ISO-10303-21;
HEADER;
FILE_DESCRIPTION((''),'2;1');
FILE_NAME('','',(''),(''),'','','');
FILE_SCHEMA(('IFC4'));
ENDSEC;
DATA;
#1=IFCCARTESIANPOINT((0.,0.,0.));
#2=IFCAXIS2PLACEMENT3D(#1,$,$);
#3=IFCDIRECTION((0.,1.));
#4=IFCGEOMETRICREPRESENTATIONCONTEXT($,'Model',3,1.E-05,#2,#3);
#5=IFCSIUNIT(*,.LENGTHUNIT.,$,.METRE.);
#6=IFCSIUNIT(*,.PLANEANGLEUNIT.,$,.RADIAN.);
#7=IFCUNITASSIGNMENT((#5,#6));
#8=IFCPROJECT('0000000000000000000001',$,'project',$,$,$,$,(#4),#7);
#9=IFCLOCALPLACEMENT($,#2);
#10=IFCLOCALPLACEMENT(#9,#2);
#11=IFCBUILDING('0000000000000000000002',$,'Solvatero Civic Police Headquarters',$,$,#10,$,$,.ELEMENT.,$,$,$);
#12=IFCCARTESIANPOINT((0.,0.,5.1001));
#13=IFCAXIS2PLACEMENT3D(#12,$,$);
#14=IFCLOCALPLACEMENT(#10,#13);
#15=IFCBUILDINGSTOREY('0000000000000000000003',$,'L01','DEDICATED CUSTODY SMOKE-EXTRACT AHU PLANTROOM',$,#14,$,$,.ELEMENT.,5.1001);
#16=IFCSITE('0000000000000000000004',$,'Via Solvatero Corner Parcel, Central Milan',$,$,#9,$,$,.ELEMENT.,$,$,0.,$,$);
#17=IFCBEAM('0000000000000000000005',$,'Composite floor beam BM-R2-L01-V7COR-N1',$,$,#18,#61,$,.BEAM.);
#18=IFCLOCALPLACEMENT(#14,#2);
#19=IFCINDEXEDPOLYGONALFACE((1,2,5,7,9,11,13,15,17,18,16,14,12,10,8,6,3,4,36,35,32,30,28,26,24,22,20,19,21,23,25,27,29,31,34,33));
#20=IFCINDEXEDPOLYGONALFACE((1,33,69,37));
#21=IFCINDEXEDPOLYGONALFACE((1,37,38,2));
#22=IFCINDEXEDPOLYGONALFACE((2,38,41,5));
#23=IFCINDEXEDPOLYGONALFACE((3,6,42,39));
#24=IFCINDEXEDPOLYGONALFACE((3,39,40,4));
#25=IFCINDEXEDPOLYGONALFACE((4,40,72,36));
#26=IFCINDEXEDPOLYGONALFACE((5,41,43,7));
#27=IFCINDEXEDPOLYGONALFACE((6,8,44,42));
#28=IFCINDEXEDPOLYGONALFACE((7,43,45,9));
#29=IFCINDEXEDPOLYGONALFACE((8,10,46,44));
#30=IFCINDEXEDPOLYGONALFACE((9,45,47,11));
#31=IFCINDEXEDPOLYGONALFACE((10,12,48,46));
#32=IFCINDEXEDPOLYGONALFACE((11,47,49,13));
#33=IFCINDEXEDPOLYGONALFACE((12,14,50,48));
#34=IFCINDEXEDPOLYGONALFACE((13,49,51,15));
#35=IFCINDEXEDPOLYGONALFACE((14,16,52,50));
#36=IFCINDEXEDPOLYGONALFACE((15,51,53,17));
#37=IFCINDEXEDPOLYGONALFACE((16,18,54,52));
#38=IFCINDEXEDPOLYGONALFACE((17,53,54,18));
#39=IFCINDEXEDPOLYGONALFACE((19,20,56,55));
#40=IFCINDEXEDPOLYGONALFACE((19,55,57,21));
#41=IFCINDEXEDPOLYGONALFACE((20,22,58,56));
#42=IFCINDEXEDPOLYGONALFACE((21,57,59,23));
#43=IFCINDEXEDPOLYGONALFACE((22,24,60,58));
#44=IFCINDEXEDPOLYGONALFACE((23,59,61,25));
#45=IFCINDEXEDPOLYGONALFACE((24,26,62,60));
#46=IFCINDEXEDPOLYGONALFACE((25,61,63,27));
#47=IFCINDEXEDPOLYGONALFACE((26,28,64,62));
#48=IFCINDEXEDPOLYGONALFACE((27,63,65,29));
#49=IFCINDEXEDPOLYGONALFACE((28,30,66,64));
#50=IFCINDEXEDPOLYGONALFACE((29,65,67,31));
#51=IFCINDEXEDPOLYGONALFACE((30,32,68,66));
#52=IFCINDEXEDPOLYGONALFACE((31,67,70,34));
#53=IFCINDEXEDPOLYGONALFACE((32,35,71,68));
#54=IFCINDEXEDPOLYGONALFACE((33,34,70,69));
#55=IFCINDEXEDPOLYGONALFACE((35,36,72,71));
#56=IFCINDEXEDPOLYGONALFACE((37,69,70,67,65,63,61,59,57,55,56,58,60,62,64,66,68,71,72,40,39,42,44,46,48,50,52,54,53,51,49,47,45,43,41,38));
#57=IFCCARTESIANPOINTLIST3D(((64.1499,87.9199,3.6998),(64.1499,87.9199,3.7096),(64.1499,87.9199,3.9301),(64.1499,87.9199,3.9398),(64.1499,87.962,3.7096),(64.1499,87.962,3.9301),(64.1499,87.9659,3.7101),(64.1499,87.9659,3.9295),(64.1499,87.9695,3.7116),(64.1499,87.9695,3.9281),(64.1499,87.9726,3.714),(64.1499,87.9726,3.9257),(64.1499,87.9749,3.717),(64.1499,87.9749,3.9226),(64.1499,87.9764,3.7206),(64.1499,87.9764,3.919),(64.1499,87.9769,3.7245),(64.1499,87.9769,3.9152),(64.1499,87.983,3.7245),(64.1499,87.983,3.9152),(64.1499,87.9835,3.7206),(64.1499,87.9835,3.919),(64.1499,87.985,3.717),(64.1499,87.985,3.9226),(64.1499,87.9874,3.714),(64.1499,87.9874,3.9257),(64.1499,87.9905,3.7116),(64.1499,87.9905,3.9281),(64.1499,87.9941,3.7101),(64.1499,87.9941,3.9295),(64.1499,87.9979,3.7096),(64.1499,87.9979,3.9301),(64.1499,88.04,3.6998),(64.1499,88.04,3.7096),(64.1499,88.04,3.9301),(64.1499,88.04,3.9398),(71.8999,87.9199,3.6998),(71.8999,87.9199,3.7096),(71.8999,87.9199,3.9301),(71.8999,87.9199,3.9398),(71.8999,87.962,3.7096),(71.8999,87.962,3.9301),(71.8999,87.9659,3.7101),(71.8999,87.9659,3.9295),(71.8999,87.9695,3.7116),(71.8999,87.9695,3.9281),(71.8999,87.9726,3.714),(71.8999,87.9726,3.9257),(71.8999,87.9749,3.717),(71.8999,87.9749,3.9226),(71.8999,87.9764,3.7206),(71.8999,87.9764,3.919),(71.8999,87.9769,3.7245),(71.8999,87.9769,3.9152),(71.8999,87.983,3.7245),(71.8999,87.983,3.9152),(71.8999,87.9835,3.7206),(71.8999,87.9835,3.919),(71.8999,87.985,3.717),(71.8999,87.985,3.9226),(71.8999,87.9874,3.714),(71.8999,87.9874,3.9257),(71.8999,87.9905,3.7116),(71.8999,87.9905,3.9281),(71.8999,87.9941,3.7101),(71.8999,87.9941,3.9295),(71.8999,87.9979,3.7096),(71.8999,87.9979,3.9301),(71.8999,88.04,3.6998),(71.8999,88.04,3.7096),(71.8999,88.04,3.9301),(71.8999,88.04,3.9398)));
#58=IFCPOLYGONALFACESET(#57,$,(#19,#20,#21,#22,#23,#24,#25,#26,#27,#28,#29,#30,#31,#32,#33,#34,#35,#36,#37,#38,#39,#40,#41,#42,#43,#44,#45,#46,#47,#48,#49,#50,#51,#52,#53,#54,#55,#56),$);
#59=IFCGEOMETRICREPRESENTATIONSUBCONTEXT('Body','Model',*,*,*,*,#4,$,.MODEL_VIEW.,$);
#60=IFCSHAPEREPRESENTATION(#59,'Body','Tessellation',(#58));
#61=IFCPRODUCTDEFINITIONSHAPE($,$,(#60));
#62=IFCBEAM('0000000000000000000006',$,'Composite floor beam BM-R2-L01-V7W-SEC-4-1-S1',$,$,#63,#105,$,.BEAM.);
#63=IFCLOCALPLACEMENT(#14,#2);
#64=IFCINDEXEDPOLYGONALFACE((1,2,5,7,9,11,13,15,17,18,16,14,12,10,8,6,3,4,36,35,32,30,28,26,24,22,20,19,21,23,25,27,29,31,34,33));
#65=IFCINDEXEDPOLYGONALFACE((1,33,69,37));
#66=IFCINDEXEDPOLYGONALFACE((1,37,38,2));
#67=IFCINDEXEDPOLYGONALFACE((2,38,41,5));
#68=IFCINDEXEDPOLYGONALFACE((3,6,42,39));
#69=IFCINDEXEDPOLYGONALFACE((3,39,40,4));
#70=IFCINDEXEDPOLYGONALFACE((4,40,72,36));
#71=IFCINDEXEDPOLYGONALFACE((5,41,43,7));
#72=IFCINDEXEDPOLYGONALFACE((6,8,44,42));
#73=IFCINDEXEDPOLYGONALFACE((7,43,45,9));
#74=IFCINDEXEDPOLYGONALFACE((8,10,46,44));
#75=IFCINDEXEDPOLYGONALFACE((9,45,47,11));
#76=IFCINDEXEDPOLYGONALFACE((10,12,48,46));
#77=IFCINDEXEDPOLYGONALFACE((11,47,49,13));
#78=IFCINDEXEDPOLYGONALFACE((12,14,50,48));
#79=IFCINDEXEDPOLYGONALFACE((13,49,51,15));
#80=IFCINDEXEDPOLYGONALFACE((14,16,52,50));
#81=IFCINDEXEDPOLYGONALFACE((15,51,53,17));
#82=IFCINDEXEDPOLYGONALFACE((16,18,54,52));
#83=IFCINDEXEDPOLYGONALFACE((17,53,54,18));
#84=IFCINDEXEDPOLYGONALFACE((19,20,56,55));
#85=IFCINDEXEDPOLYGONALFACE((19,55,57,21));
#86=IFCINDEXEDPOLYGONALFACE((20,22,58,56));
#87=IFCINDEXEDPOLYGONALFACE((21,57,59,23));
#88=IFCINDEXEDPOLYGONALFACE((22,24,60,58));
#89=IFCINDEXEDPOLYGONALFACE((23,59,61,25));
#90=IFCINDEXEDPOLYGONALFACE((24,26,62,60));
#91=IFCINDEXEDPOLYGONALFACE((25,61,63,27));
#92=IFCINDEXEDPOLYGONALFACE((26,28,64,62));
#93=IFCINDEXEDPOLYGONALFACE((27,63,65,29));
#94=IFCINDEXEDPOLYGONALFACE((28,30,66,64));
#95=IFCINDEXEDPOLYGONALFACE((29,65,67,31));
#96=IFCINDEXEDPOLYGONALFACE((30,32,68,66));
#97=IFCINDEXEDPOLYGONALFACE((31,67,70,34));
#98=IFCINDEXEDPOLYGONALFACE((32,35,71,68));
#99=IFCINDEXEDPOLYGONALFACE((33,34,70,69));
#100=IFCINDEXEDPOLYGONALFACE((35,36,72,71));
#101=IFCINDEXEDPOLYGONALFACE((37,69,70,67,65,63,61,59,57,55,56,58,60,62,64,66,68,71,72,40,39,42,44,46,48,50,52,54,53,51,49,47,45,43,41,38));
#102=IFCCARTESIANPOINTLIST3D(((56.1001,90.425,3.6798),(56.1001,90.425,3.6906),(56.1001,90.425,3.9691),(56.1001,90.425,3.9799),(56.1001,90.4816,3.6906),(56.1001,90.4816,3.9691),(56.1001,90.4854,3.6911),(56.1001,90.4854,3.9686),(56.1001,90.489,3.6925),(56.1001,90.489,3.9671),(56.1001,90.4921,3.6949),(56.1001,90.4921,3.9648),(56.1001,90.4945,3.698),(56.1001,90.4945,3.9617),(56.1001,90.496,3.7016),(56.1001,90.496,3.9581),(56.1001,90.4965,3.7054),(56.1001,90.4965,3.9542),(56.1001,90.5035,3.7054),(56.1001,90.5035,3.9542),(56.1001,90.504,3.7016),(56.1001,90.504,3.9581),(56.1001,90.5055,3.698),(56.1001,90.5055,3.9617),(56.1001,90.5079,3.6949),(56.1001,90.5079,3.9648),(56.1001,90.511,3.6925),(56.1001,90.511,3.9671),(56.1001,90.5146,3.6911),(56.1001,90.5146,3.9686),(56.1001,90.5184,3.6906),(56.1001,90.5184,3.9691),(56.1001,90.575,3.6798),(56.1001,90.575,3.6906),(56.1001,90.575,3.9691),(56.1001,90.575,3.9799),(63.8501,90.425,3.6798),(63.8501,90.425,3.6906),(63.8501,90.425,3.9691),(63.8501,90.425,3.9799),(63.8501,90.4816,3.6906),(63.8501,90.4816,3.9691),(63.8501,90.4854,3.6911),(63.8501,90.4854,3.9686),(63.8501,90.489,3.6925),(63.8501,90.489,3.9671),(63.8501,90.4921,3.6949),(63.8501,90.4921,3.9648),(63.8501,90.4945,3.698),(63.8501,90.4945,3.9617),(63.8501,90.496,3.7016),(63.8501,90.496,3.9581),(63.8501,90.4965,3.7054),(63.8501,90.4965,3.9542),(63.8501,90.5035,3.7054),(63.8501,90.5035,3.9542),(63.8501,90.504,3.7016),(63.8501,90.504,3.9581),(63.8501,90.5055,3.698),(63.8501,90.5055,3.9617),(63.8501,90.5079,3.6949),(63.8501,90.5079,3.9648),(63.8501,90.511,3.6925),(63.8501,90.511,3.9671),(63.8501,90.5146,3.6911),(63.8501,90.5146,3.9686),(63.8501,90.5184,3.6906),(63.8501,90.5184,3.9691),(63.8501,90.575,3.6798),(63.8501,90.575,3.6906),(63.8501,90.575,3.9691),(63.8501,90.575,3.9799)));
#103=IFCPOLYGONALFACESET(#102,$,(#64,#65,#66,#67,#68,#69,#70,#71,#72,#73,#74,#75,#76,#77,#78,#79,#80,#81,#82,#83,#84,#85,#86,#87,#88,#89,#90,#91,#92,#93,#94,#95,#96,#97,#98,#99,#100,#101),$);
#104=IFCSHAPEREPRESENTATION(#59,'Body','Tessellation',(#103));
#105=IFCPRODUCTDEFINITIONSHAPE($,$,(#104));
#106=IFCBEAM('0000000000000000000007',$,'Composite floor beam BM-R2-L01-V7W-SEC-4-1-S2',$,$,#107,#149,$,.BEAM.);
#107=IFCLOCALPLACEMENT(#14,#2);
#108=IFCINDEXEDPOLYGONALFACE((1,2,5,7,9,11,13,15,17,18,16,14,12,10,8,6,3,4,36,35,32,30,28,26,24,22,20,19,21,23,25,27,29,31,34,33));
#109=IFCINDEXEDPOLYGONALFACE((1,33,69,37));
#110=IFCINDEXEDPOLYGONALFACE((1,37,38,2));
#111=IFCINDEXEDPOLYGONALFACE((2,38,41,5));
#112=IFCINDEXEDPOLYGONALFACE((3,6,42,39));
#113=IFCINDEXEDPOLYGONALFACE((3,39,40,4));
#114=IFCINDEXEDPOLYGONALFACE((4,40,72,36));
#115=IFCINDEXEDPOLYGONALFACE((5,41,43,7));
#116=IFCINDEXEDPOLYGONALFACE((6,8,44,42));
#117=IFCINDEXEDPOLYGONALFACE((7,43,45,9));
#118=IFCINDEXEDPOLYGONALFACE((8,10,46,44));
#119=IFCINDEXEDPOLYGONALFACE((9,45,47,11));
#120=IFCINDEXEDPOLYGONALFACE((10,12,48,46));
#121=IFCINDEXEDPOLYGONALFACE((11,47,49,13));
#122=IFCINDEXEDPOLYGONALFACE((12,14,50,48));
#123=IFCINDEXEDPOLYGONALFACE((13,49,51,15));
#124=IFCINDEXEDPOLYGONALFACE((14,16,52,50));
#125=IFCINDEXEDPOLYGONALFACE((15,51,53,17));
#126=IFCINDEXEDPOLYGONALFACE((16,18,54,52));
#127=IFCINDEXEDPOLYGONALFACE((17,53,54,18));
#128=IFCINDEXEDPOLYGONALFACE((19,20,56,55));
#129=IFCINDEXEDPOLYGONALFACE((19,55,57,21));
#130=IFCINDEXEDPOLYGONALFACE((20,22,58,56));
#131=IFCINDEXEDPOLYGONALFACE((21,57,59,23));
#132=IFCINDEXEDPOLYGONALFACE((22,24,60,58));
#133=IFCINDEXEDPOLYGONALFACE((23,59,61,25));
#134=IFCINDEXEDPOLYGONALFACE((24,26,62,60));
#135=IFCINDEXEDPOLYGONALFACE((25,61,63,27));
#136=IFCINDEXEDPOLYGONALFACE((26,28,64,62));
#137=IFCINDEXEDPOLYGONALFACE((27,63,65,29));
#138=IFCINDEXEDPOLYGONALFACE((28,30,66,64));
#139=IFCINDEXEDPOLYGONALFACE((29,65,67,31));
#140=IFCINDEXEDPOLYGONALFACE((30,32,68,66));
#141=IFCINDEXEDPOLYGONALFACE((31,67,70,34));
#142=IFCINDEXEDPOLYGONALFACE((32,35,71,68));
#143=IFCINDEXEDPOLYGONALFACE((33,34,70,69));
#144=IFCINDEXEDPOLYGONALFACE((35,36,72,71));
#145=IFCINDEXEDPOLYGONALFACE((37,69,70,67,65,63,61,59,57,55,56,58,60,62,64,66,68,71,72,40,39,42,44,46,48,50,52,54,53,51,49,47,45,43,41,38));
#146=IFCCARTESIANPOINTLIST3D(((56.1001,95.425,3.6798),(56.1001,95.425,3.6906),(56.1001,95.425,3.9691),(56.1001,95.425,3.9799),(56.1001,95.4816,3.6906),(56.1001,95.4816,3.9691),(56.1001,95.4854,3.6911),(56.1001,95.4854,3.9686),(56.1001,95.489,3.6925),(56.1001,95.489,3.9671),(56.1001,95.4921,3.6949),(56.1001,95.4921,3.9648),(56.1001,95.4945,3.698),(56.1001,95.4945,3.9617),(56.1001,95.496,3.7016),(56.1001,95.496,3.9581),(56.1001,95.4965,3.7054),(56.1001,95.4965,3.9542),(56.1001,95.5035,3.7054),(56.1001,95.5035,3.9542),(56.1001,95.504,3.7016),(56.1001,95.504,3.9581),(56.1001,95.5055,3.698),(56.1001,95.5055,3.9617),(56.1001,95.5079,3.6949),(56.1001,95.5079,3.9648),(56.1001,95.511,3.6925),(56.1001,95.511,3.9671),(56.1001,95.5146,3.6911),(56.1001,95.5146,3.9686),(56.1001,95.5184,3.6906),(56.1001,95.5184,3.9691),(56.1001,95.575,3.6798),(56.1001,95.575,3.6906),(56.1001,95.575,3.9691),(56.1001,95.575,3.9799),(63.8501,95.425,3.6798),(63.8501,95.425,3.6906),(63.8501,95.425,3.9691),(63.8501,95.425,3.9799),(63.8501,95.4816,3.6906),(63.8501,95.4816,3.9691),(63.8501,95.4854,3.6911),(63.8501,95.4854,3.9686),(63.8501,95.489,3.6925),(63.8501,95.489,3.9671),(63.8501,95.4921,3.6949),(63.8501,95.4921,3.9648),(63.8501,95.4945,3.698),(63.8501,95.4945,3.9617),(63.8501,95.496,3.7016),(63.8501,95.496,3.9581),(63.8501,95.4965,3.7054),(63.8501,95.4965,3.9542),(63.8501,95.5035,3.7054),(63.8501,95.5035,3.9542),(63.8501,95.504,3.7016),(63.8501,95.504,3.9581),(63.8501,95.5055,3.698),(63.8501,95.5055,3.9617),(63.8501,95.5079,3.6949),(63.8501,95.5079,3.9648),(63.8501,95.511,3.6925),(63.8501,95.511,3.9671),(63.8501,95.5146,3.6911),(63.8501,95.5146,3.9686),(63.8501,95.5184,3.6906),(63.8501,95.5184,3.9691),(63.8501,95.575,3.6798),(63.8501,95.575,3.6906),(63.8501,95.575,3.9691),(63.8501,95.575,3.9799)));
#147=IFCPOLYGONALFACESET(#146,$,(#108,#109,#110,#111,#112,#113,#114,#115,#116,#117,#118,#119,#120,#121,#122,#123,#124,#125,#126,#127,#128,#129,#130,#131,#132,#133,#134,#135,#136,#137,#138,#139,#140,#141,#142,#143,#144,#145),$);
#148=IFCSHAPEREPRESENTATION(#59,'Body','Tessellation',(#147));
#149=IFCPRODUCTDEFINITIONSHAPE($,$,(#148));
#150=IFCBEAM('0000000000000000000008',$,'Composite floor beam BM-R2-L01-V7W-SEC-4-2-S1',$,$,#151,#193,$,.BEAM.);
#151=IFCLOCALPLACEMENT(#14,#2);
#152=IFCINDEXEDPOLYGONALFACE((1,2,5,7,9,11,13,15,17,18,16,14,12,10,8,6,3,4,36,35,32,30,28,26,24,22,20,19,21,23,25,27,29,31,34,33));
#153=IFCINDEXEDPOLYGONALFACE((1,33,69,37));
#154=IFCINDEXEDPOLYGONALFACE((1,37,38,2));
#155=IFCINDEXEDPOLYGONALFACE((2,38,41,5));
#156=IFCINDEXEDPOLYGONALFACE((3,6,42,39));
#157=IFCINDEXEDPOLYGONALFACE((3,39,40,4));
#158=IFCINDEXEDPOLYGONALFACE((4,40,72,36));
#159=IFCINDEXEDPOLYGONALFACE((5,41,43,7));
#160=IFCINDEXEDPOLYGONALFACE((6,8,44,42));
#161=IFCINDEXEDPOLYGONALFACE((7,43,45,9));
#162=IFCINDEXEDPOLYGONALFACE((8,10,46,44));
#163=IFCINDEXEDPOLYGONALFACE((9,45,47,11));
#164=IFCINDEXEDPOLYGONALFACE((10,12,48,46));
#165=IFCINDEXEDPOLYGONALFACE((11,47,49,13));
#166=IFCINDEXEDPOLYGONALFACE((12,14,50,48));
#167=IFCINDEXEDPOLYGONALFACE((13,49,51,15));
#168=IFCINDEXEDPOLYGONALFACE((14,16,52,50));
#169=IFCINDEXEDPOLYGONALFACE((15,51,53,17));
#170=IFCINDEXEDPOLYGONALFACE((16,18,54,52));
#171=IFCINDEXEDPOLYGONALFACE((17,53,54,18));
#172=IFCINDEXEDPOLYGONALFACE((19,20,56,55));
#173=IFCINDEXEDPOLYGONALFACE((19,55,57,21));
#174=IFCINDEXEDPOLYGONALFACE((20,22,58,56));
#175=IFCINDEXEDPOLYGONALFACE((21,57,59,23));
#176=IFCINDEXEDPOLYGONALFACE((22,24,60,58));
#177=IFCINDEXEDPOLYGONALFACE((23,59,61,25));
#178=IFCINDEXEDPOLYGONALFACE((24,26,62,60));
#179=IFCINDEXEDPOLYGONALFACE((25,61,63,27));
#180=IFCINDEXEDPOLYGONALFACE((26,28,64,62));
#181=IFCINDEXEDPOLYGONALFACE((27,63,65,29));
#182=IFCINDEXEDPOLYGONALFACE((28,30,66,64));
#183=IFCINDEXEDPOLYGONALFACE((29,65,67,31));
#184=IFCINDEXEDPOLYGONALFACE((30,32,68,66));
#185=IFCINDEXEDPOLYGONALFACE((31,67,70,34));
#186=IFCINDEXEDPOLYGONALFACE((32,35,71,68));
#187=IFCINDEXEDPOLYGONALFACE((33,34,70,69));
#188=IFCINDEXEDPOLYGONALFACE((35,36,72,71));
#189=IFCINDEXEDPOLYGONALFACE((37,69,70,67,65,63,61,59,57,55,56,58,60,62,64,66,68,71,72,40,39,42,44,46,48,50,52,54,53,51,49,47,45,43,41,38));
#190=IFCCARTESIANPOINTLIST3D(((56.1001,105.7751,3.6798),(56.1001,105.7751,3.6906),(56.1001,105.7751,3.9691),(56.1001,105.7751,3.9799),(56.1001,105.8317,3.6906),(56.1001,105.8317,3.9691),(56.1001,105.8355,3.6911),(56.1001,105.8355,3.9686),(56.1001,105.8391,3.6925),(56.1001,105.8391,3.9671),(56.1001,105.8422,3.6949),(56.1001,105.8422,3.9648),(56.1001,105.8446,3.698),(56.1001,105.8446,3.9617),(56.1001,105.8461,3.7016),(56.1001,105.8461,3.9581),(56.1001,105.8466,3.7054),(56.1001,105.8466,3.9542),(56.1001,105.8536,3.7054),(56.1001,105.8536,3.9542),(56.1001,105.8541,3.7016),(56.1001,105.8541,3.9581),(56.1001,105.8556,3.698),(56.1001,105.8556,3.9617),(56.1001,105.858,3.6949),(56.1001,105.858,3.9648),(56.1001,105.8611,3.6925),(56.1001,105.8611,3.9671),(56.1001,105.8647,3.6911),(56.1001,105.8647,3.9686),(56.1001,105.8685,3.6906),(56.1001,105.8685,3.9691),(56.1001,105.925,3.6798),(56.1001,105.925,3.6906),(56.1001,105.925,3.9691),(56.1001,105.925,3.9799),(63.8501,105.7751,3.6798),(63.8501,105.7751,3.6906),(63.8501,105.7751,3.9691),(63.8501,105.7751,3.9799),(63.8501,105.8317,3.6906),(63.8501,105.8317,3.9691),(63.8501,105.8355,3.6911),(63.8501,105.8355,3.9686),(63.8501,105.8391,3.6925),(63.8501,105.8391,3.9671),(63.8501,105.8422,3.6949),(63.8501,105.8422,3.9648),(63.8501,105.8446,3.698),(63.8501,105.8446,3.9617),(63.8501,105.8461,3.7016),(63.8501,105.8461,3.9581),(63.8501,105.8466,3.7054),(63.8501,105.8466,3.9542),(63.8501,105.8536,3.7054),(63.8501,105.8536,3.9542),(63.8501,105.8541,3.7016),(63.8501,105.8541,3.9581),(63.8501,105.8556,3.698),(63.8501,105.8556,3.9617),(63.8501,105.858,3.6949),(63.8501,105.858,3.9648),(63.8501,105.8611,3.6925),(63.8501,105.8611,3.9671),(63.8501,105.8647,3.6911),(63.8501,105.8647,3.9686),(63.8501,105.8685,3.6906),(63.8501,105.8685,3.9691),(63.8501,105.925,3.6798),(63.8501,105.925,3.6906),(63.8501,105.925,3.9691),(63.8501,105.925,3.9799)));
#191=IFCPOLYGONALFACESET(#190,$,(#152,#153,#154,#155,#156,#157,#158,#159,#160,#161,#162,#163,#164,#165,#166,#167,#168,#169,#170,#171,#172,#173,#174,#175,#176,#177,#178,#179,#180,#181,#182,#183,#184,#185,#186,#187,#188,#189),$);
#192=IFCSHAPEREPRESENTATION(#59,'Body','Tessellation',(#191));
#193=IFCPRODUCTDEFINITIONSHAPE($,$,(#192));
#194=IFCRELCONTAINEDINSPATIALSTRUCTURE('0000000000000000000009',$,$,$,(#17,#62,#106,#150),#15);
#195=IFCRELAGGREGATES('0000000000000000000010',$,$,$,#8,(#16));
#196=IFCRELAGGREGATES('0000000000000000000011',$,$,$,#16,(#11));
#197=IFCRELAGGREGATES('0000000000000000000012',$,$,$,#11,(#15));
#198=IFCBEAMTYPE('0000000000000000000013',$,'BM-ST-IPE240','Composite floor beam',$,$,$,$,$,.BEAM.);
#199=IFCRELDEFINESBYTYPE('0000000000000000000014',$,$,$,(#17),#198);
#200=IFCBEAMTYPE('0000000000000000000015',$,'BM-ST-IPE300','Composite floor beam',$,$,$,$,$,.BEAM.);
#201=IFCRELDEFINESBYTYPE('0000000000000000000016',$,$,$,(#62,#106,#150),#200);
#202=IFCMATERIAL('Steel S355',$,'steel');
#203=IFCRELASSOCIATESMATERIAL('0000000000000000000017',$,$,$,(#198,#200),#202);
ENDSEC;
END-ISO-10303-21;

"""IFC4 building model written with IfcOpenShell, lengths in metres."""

from ifc_helpers import new_model, si_unit, direction, frame, origin, origin_2d, place, context, subcontext, project, spatial, i_section, extrude, material, material_profile, profile_set, type_object, element, save


model = new_model("IFC4")

# Units and contexts
model_context = context("Model", 3, precision=1e-05, world=origin(), true_north=direction((0.0, 1.0)))
body_context = subcontext(model_context, "Body", "Model", "MODEL_VIEW")
ifc_project = project(units=[si_unit("LENGTHUNIT", "METRE"), si_unit("PLANEANGLEUNIT", "RADIAN")], contexts=[model_context])

# Site, building, storey
site_placement = place(None, origin())
site = spatial("IfcSite", under=ifc_project, at=site_placement, Name="Via Solvatero Corner Parcel, Central Milan", CompositionType="ELEMENT", RefElevation=0.0)
building_placement = place(site_placement, origin())
building = spatial("IfcBuilding", under=site, at=building_placement, Name="Solvatero Civic Police Headquarters", CompositionType="ELEMENT")
storey_placement = place(building_placement, frame((0.0, 0.0, 5.1001)))
storey = spatial("IfcBuildingStorey", under=building, at=storey_placement, Name="L01", Description="DEDICATED CUSTODY SMOKE-EXTRACT AHU PLANTROOM", CompositionType="ELEMENT", Elevation=5.1001)

# Shared definitions
ifc_material_1 = material(Name="Steel S355", Category="steel")

# Beams
ifc_material_profile_1 = material_profile(ifc_material_1, i_section(OverallWidth=0.1201, OverallDepth=0.24, WebThickness=0.0061, FlangeThickness=0.0098, FilletRadius=0.0149, at=origin_2d()), Name="IPE 240")
ifc_profile_set_1 = profile_set([ifc_material_profile_1], Name="Steel S355")
beam_type_1 = type_object("IfcBeamType", Name="BM-ST-IPE240", Description="Composite floor beam", PredefinedType="BEAM", material=ifc_profile_set_1)
beam_1_placement = place(storey_placement, frame((64.1499, 87.98, 3.8198), z_axis=(1.0, 0.0, 0.0), x_axis=(0.0, 1.0, 0.0)))
element("IfcBeam", 1, at=beam_1_placement, inside=storey, type_object=beam_type_1, Name="Composite floor beam BM-R2-L01-V7COR-N1", PredefinedType="BEAM", context=body_context, shape_type="SweptSolid", body=[
    extrude(i_section(OverallWidth=0.1201, OverallDepth=0.24, WebThickness=0.0061, FlangeThickness=0.0098, FilletRadius=0.0149, at=origin_2d()), origin(), (0.0, 0.0, 1.0), 7.75),
])
ifc_material_profile_2 = material_profile(ifc_material_1, i_section(OverallWidth=0.1499, OverallDepth=0.3, WebThickness=0.0071, FlangeThickness=0.0107, FilletRadius=0.0149, at=origin_2d()), Name="IPE 300")
ifc_profile_set_2 = profile_set([ifc_material_profile_2], Name="Steel S355")
beam_type_2 = type_object("IfcBeamType", Name="BM-ST-IPE300", Description="Composite floor beam", PredefinedType="BEAM", material=ifc_profile_set_2)
for number, where, z_axis, x_axis, name in (
    (2, (56.1001, 90.5, 3.8298), (1.0, 0.0, 0.0), (0.0, 1.0, 0.0), "Composite floor beam BM-R2-L01-V7W-SEC-4-1-S1"),
    (3, (56.1001, 95.5, 3.8298), (1.0, 0.0, 0.0), (0.0, 1.0, 0.0), "Composite floor beam BM-R2-L01-V7W-SEC-4-1-S2"),
    (4, (56.1001, 105.8501, 3.8298), (1.0, 0.0, 0.0), (0.0, 1.0, 0.0), "Composite floor beam BM-R2-L01-V7W-SEC-4-2-S1"),
):
    element("IfcBeam", number, at=place(storey_placement, frame(where, z_axis=z_axis, x_axis=x_axis)), inside=storey, type_object=beam_type_2, Name=name, PredefinedType="BEAM", context=body_context, shape_type="SweptSolid", body=[
        extrude(i_section(OverallWidth=0.1499, OverallDepth=0.3, WebThickness=0.0071, FlangeThickness=0.0107, FilletRadius=0.0149, at=origin_2d()), origin(), (0.0, 0.0, 1.0), 7.75),
    ])

save(model, "model.ifc")
